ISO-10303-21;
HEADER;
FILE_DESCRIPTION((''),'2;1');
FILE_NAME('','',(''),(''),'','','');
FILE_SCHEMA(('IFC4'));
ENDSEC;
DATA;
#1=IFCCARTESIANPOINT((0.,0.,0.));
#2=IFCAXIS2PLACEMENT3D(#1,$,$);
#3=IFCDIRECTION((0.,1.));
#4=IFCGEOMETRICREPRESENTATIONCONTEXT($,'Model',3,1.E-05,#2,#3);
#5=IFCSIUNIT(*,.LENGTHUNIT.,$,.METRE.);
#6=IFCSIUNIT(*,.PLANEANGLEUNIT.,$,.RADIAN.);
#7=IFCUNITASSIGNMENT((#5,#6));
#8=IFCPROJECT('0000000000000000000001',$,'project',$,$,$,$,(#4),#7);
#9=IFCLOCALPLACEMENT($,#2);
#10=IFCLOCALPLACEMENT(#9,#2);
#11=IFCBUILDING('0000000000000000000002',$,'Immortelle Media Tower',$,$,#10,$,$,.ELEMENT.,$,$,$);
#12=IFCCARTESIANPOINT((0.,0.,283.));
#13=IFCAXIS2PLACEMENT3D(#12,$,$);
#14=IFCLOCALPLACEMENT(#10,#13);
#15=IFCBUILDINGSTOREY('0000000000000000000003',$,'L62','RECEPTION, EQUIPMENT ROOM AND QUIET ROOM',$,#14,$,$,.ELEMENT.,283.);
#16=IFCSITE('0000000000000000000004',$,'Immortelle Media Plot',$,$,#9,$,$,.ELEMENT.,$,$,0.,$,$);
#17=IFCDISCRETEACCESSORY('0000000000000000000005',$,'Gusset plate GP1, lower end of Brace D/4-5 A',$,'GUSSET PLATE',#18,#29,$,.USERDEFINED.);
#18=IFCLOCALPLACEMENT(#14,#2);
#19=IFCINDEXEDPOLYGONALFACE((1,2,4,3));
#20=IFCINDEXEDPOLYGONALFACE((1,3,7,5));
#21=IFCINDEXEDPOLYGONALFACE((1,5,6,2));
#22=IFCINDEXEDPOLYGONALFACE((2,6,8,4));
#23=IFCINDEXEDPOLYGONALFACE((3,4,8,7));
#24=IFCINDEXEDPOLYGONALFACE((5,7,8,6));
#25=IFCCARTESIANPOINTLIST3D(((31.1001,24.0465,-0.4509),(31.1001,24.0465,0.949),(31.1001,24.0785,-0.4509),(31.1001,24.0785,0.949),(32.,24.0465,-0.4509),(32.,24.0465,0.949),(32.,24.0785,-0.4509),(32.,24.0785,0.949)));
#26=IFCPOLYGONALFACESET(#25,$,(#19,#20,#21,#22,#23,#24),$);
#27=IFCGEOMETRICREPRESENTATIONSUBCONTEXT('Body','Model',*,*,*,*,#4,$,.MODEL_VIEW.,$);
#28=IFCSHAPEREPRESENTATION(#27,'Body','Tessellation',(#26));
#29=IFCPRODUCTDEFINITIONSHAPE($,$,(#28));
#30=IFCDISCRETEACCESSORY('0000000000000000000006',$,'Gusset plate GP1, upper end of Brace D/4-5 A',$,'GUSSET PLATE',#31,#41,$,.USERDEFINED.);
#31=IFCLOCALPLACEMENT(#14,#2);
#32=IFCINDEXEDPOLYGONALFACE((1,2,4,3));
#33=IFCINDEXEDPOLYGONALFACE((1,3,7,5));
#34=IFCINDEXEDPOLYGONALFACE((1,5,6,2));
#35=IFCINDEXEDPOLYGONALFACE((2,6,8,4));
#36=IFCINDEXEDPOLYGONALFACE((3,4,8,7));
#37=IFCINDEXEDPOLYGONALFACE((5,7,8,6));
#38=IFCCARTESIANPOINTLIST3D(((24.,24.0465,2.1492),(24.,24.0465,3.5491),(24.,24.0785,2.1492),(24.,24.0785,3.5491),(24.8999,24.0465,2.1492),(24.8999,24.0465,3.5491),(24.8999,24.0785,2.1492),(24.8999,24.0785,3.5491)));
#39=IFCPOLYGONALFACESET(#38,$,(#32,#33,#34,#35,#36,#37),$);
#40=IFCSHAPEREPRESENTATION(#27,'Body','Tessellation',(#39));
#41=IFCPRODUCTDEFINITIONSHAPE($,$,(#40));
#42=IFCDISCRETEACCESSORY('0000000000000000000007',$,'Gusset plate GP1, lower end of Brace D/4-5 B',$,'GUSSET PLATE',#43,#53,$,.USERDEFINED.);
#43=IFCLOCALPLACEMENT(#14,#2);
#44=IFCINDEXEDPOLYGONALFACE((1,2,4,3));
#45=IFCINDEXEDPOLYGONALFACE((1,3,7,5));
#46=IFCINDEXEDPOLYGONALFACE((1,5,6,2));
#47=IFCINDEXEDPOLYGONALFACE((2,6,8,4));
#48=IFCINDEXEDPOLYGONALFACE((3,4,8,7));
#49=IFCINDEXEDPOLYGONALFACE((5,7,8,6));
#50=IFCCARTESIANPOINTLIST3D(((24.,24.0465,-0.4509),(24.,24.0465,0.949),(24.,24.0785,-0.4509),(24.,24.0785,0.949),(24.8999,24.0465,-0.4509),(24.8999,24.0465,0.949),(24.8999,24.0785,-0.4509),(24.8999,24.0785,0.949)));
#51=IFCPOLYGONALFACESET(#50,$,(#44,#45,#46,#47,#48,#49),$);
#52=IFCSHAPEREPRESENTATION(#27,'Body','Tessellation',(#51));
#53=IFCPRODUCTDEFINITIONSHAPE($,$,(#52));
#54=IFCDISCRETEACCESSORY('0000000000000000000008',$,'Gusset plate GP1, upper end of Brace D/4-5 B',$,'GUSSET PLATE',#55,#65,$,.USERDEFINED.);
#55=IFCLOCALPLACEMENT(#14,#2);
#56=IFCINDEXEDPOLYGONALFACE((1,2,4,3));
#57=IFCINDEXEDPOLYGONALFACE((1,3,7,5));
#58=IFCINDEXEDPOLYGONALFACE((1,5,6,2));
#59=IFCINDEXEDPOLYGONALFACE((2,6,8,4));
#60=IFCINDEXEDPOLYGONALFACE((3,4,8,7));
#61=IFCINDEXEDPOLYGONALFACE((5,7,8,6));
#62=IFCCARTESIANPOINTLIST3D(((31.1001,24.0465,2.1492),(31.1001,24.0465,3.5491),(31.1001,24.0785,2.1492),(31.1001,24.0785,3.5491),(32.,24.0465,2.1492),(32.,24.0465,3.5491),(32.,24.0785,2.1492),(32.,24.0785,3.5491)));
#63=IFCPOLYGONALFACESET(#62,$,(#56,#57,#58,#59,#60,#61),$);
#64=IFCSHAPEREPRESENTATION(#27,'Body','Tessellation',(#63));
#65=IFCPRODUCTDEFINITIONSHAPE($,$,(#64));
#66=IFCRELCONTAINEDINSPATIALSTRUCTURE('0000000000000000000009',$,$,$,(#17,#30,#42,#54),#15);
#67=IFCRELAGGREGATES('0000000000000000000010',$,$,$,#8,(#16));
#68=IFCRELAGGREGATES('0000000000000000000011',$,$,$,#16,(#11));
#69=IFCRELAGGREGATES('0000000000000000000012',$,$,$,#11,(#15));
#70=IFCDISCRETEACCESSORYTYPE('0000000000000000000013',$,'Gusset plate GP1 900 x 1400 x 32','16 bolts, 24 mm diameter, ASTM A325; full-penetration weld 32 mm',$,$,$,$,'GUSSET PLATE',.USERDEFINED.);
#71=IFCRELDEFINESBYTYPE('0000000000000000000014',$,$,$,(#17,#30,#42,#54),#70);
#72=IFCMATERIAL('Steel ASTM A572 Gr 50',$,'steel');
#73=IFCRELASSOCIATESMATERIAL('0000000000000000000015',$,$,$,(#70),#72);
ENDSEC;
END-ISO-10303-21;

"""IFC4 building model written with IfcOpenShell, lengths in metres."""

from ifc_helpers import new_model, si_unit, direction, frame, origin, origin_2d, place, context, subcontext, project, spatial, rectangle, extrude, material, material_profile, profile_set, type_object, element, save


model = new_model("IFC4")

# Units and contexts
model_context = context("Model", 3, precision=1e-05, world=origin(), true_north=direction((0.0, 1.0)))
body_context = subcontext(model_context, "Body", "Model", "MODEL_VIEW")
ifc_project = project(units=[si_unit("LENGTHUNIT", "METRE"), si_unit("PLANEANGLEUNIT", "RADIAN")], contexts=[model_context])

# Site, building, storey
site_placement = place(None, origin())
site = spatial("IfcSite", under=ifc_project, at=site_placement, Name="Immortelle Media Plot", CompositionType="ELEMENT", RefElevation=0.0)
building_placement = place(site_placement, origin())
building = spatial("IfcBuilding", under=site, at=building_placement, Name="Immortelle Media Tower", CompositionType="ELEMENT")
storey_placement = place(building_placement, frame((0.0, 0.0, 283.0)))
storey = spatial("IfcBuildingStorey", under=building, at=storey_placement, Name="L62", Description="RECEPTION, EQUIPMENT ROOM AND QUIET ROOM", CompositionType="ELEMENT", Elevation=283.0)

# Discrete accessories
ifc_material_1 = material(Name="Steel ASTM A572 Gr 50", Category="steel")
ifc_material_profile_1 = material_profile(ifc_material_1, rectangle(XDim=0.032, YDim=1.3999, at=origin_2d()), Name="PL 32 x 1400")
ifc_profile_set_1 = profile_set([ifc_material_profile_1], Name="Steel ASTM A572 Gr 50")
discrete_accessory_type_1 = type_object("IfcDiscreteAccessoryType", Name="Gusset plate GP1 900 x 1400 x 32", Description="16 bolts, 24 mm diameter, ASTM A325; full-penetration weld 32 mm", ElementType="GUSSET PLATE", PredefinedType="USERDEFINED", material=ifc_profile_set_1)
for number, where, z_axis, x_axis, name in (
    (1, (32.0, 24.0625, 0.249), (-1.0, 0.0, 0.0), (0.0, -1.0, 0.0), "Gusset plate GP1, lower end of Brace D/4-5 A"),
    (2, (24.0, 24.0625, 2.8491), (1.0, 0.0, 0.0), (0.0, 1.0, 0.0), "Gusset plate GP1, upper end of Brace D/4-5 A"),
    (3, (24.0, 24.0625, 0.249), (1.0, 0.0, 0.0), (0.0, 1.0, 0.0), "Gusset plate GP1, lower end of Brace D/4-5 B"),
    (4, (32.0, 24.0625, 2.8491), (-1.0, 0.0, 0.0), (0.0, -1.0, 0.0), "Gusset plate GP1, upper end of Brace D/4-5 B"),
):
    element("IfcDiscreteAccessory", number, at=place(storey_placement, frame(where, z_axis=z_axis, x_axis=x_axis)), inside=storey, type_object=discrete_accessory_type_1, Name=name, ObjectType="GUSSET PLATE", PredefinedType="USERDEFINED", context=body_context, shape_type="SweptSolid", body=[
        extrude(rectangle(XDim=0.032, YDim=1.3999, at=origin_2d()), origin(), (0.0, 0.0, 1.0), 0.8999),
    ])

save(model, "model.ifc")
